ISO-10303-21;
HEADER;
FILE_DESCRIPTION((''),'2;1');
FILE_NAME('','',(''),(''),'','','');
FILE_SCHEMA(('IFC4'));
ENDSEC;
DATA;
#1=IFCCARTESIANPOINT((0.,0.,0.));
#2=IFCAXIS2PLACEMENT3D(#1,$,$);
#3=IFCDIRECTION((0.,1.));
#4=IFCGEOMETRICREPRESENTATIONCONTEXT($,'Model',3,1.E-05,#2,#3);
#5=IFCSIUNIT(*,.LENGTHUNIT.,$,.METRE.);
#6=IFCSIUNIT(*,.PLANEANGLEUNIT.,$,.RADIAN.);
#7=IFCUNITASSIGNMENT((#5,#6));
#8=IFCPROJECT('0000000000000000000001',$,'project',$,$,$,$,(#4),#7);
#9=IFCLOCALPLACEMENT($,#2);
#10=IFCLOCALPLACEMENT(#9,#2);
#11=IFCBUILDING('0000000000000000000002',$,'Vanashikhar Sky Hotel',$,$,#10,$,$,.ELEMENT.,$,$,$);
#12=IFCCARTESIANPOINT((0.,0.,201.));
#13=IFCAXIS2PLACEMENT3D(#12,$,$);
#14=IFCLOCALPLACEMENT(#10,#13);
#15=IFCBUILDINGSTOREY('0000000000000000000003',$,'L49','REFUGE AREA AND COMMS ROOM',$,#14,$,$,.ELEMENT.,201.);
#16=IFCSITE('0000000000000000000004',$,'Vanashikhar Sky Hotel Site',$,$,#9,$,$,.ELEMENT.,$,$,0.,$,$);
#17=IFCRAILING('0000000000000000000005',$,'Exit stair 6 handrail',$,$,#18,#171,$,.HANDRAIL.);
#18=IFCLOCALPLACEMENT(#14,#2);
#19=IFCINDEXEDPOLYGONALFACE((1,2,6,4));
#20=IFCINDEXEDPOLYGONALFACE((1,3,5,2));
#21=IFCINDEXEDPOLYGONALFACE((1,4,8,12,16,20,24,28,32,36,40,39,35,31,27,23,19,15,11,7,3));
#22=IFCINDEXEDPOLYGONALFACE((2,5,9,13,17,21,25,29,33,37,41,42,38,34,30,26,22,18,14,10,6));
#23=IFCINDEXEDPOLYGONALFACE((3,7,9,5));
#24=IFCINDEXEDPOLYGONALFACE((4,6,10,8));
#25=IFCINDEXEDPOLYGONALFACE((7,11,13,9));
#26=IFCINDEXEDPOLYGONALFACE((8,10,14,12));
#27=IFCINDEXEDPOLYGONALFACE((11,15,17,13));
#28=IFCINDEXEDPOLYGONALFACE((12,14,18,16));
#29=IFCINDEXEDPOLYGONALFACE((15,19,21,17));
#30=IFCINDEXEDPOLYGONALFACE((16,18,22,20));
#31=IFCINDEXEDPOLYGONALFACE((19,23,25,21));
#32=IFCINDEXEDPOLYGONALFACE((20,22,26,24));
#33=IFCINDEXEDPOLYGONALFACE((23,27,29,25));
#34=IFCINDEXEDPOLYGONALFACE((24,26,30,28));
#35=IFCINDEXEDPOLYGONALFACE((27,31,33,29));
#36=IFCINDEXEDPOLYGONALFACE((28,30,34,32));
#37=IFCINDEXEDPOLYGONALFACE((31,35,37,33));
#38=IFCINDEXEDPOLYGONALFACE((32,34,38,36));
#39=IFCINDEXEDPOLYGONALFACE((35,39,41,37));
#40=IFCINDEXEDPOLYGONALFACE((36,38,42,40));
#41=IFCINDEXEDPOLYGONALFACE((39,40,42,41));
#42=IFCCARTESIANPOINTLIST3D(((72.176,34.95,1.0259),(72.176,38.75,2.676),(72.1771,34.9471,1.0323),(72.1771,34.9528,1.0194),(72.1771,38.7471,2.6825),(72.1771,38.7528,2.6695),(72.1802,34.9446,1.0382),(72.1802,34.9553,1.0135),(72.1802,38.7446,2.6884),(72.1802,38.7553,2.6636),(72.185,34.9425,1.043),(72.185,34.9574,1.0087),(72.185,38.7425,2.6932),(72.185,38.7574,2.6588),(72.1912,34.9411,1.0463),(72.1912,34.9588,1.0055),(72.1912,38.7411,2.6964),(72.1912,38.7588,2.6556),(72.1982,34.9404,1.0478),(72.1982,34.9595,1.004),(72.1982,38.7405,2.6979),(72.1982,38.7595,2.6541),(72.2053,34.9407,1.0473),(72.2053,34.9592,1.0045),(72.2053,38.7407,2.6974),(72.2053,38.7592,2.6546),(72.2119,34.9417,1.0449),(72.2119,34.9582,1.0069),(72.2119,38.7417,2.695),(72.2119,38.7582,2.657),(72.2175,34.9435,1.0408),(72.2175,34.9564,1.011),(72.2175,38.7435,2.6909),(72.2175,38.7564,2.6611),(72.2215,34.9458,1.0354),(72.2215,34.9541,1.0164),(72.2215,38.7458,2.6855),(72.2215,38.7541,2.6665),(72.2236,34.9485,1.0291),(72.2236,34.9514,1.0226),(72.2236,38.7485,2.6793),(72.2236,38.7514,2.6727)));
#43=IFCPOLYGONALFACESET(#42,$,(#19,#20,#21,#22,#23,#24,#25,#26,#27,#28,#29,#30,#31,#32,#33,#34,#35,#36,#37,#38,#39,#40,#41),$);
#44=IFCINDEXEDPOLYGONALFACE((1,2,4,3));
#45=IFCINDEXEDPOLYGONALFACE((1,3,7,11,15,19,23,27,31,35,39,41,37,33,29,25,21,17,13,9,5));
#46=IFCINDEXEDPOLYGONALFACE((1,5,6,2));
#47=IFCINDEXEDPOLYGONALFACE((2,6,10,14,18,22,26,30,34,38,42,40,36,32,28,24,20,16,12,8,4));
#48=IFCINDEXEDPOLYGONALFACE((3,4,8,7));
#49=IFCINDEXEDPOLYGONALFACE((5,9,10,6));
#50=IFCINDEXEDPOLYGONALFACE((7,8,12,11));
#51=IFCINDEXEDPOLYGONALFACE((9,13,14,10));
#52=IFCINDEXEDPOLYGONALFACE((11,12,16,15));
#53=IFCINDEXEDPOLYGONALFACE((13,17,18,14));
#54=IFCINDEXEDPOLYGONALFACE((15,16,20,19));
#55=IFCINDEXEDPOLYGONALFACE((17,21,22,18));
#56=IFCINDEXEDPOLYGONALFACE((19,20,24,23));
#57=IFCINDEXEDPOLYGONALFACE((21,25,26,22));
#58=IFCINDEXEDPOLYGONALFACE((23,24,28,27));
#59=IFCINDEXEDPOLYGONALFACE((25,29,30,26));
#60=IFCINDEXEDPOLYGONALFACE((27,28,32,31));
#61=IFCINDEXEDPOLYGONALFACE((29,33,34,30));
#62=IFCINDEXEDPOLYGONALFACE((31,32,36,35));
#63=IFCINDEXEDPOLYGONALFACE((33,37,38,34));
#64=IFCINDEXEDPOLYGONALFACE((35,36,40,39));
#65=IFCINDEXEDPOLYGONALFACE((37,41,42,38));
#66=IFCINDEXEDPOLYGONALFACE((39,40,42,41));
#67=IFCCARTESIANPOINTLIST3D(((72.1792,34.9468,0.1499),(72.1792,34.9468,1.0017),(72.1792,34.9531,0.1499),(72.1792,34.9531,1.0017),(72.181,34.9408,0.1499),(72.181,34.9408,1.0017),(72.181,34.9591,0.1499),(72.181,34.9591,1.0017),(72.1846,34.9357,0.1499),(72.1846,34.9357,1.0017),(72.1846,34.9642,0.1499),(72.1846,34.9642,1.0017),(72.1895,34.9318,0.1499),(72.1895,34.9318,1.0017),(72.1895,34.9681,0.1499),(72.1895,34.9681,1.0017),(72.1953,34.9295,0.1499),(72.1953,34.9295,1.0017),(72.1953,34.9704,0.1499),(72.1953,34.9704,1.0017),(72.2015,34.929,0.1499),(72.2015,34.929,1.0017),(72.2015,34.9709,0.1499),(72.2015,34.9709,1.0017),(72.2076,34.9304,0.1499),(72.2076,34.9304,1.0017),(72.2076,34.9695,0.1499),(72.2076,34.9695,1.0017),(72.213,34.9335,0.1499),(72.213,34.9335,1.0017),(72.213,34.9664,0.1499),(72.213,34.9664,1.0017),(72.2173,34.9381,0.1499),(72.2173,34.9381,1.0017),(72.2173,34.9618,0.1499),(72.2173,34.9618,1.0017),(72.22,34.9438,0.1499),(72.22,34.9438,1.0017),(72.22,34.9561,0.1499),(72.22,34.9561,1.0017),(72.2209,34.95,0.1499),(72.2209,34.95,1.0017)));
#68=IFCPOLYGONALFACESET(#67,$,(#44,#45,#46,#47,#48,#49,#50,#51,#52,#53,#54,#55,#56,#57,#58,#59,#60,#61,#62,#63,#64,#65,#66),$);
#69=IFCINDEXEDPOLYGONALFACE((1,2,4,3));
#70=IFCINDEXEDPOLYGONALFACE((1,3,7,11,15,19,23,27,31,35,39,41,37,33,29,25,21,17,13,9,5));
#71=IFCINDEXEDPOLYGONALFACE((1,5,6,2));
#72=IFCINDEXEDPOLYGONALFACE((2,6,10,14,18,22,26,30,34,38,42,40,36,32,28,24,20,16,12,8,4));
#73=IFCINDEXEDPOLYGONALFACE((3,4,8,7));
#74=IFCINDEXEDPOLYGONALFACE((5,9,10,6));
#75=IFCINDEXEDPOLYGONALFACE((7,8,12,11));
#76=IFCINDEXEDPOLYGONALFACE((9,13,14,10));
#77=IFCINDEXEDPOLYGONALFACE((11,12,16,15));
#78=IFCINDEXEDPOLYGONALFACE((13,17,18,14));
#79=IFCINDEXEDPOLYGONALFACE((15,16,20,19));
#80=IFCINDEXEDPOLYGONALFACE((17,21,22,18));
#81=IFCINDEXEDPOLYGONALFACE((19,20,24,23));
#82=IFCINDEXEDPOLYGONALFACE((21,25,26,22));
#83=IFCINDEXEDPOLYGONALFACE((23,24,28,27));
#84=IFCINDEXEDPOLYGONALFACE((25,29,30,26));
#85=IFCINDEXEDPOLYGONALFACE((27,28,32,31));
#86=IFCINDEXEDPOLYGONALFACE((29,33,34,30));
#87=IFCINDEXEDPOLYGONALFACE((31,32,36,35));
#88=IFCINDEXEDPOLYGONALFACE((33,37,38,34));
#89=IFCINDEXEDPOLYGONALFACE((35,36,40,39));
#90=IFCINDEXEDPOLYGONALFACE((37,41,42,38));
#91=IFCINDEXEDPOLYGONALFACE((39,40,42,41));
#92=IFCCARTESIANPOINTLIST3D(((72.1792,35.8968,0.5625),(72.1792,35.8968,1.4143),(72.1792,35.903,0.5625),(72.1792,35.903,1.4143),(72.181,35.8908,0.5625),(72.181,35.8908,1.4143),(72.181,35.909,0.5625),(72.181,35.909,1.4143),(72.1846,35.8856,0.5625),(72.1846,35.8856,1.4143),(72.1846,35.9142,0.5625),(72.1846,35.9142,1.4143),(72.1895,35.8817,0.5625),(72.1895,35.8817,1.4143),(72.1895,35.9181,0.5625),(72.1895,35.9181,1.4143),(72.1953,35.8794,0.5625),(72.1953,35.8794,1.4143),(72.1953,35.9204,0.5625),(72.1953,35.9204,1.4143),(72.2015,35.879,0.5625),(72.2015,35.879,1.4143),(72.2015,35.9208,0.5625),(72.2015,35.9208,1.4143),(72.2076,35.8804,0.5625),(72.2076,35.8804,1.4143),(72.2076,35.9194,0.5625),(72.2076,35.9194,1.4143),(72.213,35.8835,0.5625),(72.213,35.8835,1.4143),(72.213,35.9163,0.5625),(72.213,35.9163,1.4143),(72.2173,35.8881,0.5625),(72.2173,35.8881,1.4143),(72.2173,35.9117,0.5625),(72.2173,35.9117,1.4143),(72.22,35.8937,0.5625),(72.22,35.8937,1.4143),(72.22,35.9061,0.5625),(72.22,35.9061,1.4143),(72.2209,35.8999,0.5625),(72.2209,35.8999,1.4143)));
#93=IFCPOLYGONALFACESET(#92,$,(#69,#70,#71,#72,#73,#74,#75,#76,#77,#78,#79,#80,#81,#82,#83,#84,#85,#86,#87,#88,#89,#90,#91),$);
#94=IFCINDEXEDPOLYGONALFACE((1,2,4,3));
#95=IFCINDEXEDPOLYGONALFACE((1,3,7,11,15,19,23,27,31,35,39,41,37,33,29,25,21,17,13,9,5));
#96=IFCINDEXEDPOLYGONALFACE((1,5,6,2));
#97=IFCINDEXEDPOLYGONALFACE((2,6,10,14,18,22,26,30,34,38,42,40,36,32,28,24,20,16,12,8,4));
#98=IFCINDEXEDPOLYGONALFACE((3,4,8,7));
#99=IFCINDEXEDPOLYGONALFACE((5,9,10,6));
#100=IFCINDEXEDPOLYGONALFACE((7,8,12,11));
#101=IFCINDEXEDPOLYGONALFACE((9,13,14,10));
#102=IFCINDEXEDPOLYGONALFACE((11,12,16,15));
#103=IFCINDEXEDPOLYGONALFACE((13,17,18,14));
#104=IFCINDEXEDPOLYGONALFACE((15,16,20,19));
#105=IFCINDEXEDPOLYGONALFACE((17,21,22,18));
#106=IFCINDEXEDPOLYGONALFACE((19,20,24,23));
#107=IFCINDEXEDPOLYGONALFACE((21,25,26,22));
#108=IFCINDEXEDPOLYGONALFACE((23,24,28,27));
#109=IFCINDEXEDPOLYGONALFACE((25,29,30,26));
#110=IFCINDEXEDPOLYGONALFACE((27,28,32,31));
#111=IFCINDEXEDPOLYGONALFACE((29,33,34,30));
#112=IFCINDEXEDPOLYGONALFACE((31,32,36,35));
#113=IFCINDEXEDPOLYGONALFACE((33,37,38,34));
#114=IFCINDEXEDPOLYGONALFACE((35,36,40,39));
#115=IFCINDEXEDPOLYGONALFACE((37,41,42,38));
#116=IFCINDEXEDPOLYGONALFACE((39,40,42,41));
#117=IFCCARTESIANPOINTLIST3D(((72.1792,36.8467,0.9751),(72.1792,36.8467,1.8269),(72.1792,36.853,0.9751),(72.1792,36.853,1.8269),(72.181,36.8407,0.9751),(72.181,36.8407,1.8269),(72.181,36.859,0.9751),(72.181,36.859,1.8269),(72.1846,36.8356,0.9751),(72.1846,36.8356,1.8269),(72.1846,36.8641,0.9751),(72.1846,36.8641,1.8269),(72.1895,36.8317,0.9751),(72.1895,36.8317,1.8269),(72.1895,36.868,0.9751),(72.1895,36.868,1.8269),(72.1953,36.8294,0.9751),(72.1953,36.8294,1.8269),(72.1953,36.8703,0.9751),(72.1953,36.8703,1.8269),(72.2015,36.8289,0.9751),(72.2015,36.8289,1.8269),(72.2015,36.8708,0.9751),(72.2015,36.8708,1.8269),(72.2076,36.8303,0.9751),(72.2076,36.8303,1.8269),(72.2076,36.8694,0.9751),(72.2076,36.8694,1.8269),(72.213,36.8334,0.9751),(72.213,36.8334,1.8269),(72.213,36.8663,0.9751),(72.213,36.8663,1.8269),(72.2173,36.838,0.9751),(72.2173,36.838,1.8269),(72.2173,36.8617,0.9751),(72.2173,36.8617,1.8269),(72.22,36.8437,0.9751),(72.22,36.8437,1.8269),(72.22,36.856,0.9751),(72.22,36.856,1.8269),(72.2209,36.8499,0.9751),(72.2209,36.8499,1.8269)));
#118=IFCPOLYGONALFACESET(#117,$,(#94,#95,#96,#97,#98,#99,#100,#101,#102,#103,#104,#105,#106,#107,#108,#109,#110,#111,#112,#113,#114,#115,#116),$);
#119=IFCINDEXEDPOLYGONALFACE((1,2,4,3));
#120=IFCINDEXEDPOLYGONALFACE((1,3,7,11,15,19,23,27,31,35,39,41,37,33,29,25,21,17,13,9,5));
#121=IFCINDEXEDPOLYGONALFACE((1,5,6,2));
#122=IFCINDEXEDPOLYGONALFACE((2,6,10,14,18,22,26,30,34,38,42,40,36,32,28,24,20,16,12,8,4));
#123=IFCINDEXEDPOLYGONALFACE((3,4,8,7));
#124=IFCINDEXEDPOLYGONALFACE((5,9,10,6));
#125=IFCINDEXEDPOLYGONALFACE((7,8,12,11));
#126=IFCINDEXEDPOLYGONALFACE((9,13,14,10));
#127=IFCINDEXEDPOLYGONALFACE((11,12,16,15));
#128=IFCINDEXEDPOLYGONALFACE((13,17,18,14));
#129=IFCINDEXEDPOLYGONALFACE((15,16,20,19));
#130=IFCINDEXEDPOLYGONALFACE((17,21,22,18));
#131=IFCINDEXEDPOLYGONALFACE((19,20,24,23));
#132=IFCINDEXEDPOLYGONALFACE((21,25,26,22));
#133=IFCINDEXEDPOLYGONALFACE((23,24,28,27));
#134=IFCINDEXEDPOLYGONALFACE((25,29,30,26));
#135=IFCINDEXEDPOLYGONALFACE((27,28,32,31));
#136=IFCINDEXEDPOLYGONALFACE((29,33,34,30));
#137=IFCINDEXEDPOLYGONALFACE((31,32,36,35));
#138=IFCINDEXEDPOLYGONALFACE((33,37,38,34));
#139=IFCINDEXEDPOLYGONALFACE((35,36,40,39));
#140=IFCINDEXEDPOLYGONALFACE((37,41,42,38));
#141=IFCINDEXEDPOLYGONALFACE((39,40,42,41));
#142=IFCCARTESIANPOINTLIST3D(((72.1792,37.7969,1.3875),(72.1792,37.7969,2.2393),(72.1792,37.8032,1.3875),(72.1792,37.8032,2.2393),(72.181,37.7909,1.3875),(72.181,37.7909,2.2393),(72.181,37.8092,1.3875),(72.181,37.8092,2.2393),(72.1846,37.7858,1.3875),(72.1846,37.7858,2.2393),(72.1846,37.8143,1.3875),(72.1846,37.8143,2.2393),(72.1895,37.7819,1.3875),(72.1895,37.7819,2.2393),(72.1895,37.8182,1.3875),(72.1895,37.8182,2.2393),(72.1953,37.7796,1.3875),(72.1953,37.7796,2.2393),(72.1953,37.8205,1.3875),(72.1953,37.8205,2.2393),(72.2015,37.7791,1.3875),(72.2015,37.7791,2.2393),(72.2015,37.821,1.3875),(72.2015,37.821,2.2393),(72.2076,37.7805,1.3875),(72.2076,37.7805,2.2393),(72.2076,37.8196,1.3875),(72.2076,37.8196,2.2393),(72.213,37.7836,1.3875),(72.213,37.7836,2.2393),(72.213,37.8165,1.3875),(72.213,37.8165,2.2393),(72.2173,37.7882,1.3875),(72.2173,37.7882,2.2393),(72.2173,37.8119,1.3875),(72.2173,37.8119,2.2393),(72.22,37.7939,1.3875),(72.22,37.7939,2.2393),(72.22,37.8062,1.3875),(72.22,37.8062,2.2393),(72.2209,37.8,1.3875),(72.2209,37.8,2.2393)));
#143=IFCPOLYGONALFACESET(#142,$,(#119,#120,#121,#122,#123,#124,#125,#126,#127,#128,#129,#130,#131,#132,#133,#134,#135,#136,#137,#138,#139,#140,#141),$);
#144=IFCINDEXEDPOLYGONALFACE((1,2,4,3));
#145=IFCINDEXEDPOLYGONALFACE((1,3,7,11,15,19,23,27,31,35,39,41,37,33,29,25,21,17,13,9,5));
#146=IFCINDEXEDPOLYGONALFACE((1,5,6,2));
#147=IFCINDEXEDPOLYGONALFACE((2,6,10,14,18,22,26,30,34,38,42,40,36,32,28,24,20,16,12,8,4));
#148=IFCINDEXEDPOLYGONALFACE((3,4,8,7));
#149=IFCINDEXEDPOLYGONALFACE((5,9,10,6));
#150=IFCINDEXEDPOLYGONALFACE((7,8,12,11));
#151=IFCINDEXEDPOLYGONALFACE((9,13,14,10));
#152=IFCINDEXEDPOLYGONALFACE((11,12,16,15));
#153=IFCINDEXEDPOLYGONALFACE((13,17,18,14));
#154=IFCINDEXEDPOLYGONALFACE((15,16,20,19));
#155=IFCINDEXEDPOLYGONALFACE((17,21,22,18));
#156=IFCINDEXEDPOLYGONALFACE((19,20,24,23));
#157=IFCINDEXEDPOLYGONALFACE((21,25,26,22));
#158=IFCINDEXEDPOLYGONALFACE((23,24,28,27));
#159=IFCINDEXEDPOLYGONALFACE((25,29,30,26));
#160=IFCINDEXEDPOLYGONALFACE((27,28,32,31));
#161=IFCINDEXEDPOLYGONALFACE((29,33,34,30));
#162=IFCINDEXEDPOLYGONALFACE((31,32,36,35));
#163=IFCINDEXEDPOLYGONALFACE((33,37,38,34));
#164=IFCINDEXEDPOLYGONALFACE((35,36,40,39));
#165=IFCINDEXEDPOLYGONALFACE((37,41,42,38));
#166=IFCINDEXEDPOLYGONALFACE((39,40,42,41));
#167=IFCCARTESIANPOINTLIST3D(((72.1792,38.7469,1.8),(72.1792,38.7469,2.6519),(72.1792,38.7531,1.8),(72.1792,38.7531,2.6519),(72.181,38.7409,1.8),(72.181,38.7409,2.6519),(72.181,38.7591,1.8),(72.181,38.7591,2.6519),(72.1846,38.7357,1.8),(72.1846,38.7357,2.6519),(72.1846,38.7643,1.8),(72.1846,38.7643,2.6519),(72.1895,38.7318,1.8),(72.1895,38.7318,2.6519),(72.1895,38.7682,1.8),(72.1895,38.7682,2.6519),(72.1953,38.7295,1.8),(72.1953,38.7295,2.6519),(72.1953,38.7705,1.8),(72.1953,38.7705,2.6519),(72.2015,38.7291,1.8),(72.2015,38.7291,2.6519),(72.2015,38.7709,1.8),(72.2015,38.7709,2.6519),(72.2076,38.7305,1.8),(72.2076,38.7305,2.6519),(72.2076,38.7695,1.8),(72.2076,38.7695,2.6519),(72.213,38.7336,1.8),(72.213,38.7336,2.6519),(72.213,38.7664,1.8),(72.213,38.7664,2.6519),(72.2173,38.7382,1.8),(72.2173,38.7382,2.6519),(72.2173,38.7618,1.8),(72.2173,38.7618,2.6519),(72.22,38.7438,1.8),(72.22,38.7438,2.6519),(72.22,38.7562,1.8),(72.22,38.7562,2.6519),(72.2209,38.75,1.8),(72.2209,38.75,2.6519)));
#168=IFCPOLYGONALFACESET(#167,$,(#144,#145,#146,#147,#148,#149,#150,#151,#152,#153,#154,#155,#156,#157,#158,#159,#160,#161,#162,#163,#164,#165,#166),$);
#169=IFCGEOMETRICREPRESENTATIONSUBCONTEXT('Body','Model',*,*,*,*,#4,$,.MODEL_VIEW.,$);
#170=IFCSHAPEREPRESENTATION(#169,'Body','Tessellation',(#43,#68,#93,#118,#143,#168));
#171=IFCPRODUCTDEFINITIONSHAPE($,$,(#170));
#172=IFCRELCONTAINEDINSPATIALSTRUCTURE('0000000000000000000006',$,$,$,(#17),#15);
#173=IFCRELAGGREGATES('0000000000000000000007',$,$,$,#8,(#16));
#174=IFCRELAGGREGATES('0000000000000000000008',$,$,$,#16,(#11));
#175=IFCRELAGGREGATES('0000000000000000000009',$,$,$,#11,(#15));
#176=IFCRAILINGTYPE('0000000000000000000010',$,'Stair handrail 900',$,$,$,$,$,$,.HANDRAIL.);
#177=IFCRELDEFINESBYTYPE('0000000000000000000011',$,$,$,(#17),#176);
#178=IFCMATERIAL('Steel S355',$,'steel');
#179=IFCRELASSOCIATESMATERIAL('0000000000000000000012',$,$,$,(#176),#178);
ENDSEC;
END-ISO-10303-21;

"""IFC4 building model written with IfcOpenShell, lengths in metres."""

from ifc_helpers import new_model, si_unit, direction, frame, origin, origin_2d, place, context, subcontext, project, spatial, circle, extrude, source, transform, mapped, material, type_object, element, save


model = new_model("IFC4")

# Units and contexts
model_context = context("Model", 3, precision=1e-05, world=origin(), true_north=direction((0.0, 1.0)))
body_context = subcontext(model_context, "Body", "Model", "MODEL_VIEW")
ifc_project = project(units=[si_unit("LENGTHUNIT", "METRE"), si_unit("PLANEANGLEUNIT", "RADIAN")], contexts=[model_context])

# Site, building, storey
site_placement = place(None, origin())
site = spatial("IfcSite", under=ifc_project, at=site_placement, Name="Vanashikhar Sky Hotel Site", CompositionType="ELEMENT", RefElevation=0.0)
building_placement = place(site_placement, origin())
building = spatial("IfcBuilding", under=site, at=building_placement, Name="Vanashikhar Sky Hotel", CompositionType="ELEMENT")
storey_placement = place(building_placement, frame((0.0, 0.0, 201.0)))
storey = spatial("IfcBuildingStorey", under=building, at=storey_placement, Name="L49", Description="REFUGE AREA AND COMMS ROOM", CompositionType="ELEMENT", Elevation=201.0)

# Shared definitions
ifc_material_1 = material(Name="Steel S355", Category="steel")

# Railing
railing_type_1 = type_object("IfcRailingType", Name="Stair handrail 900", PredefinedType="HANDRAIL", material=ifc_material_1)
shared_shape_1 = source(origin(), body_context, "Body", "SweptSolid", [
    extrude(circle(Radius=0.0239, at=origin_2d()), frame((0.0, 0.0, 0.876), z_axis=(0.0, 0.917251, 0.39831), x_axis=(-1.0, 0.0, 0.0)), (0.0, 0.0, 1.0), 4.1428),
    extrude(circle(Radius=0.021, at=origin_2d()), origin(), (0.0, 0.0, 1.0), 0.8518),
    extrude(circle(Radius=0.021, at=origin_2d()), frame((0.0, 0.95, 0.4126)), (0.0, 0.0, 1.0), 0.8518),
    extrude(circle(Radius=0.021, at=origin_2d()), frame((0.0, 1.8999, 0.8252)), (0.0, 0.0, 1.0), 0.8518),
    extrude(circle(Radius=0.021, at=origin_2d()), frame((0.0, 2.8501, 1.2375)), (0.0, 0.0, 1.0), 0.8518),
    extrude(circle(Radius=0.021, at=origin_2d()), frame((0.0, 3.8, 1.6501)), (0.0, 0.0, 1.0), 0.8518),
])
railing_1_placement = place(storey_placement, frame((72.2, 34.95, 0.1499)))
element("IfcRailing", 1, at=railing_1_placement, inside=storey, type_object=railing_type_1, Name="Exit stair 6 handrail", PredefinedType="HANDRAIL", context=body_context, shape_type="MappedRepresentation", body=[
    mapped(shared_shape_1, transform((0.0, 0.0, 0.0), scale=1.0)),
])

save(model, "model.ifc")
